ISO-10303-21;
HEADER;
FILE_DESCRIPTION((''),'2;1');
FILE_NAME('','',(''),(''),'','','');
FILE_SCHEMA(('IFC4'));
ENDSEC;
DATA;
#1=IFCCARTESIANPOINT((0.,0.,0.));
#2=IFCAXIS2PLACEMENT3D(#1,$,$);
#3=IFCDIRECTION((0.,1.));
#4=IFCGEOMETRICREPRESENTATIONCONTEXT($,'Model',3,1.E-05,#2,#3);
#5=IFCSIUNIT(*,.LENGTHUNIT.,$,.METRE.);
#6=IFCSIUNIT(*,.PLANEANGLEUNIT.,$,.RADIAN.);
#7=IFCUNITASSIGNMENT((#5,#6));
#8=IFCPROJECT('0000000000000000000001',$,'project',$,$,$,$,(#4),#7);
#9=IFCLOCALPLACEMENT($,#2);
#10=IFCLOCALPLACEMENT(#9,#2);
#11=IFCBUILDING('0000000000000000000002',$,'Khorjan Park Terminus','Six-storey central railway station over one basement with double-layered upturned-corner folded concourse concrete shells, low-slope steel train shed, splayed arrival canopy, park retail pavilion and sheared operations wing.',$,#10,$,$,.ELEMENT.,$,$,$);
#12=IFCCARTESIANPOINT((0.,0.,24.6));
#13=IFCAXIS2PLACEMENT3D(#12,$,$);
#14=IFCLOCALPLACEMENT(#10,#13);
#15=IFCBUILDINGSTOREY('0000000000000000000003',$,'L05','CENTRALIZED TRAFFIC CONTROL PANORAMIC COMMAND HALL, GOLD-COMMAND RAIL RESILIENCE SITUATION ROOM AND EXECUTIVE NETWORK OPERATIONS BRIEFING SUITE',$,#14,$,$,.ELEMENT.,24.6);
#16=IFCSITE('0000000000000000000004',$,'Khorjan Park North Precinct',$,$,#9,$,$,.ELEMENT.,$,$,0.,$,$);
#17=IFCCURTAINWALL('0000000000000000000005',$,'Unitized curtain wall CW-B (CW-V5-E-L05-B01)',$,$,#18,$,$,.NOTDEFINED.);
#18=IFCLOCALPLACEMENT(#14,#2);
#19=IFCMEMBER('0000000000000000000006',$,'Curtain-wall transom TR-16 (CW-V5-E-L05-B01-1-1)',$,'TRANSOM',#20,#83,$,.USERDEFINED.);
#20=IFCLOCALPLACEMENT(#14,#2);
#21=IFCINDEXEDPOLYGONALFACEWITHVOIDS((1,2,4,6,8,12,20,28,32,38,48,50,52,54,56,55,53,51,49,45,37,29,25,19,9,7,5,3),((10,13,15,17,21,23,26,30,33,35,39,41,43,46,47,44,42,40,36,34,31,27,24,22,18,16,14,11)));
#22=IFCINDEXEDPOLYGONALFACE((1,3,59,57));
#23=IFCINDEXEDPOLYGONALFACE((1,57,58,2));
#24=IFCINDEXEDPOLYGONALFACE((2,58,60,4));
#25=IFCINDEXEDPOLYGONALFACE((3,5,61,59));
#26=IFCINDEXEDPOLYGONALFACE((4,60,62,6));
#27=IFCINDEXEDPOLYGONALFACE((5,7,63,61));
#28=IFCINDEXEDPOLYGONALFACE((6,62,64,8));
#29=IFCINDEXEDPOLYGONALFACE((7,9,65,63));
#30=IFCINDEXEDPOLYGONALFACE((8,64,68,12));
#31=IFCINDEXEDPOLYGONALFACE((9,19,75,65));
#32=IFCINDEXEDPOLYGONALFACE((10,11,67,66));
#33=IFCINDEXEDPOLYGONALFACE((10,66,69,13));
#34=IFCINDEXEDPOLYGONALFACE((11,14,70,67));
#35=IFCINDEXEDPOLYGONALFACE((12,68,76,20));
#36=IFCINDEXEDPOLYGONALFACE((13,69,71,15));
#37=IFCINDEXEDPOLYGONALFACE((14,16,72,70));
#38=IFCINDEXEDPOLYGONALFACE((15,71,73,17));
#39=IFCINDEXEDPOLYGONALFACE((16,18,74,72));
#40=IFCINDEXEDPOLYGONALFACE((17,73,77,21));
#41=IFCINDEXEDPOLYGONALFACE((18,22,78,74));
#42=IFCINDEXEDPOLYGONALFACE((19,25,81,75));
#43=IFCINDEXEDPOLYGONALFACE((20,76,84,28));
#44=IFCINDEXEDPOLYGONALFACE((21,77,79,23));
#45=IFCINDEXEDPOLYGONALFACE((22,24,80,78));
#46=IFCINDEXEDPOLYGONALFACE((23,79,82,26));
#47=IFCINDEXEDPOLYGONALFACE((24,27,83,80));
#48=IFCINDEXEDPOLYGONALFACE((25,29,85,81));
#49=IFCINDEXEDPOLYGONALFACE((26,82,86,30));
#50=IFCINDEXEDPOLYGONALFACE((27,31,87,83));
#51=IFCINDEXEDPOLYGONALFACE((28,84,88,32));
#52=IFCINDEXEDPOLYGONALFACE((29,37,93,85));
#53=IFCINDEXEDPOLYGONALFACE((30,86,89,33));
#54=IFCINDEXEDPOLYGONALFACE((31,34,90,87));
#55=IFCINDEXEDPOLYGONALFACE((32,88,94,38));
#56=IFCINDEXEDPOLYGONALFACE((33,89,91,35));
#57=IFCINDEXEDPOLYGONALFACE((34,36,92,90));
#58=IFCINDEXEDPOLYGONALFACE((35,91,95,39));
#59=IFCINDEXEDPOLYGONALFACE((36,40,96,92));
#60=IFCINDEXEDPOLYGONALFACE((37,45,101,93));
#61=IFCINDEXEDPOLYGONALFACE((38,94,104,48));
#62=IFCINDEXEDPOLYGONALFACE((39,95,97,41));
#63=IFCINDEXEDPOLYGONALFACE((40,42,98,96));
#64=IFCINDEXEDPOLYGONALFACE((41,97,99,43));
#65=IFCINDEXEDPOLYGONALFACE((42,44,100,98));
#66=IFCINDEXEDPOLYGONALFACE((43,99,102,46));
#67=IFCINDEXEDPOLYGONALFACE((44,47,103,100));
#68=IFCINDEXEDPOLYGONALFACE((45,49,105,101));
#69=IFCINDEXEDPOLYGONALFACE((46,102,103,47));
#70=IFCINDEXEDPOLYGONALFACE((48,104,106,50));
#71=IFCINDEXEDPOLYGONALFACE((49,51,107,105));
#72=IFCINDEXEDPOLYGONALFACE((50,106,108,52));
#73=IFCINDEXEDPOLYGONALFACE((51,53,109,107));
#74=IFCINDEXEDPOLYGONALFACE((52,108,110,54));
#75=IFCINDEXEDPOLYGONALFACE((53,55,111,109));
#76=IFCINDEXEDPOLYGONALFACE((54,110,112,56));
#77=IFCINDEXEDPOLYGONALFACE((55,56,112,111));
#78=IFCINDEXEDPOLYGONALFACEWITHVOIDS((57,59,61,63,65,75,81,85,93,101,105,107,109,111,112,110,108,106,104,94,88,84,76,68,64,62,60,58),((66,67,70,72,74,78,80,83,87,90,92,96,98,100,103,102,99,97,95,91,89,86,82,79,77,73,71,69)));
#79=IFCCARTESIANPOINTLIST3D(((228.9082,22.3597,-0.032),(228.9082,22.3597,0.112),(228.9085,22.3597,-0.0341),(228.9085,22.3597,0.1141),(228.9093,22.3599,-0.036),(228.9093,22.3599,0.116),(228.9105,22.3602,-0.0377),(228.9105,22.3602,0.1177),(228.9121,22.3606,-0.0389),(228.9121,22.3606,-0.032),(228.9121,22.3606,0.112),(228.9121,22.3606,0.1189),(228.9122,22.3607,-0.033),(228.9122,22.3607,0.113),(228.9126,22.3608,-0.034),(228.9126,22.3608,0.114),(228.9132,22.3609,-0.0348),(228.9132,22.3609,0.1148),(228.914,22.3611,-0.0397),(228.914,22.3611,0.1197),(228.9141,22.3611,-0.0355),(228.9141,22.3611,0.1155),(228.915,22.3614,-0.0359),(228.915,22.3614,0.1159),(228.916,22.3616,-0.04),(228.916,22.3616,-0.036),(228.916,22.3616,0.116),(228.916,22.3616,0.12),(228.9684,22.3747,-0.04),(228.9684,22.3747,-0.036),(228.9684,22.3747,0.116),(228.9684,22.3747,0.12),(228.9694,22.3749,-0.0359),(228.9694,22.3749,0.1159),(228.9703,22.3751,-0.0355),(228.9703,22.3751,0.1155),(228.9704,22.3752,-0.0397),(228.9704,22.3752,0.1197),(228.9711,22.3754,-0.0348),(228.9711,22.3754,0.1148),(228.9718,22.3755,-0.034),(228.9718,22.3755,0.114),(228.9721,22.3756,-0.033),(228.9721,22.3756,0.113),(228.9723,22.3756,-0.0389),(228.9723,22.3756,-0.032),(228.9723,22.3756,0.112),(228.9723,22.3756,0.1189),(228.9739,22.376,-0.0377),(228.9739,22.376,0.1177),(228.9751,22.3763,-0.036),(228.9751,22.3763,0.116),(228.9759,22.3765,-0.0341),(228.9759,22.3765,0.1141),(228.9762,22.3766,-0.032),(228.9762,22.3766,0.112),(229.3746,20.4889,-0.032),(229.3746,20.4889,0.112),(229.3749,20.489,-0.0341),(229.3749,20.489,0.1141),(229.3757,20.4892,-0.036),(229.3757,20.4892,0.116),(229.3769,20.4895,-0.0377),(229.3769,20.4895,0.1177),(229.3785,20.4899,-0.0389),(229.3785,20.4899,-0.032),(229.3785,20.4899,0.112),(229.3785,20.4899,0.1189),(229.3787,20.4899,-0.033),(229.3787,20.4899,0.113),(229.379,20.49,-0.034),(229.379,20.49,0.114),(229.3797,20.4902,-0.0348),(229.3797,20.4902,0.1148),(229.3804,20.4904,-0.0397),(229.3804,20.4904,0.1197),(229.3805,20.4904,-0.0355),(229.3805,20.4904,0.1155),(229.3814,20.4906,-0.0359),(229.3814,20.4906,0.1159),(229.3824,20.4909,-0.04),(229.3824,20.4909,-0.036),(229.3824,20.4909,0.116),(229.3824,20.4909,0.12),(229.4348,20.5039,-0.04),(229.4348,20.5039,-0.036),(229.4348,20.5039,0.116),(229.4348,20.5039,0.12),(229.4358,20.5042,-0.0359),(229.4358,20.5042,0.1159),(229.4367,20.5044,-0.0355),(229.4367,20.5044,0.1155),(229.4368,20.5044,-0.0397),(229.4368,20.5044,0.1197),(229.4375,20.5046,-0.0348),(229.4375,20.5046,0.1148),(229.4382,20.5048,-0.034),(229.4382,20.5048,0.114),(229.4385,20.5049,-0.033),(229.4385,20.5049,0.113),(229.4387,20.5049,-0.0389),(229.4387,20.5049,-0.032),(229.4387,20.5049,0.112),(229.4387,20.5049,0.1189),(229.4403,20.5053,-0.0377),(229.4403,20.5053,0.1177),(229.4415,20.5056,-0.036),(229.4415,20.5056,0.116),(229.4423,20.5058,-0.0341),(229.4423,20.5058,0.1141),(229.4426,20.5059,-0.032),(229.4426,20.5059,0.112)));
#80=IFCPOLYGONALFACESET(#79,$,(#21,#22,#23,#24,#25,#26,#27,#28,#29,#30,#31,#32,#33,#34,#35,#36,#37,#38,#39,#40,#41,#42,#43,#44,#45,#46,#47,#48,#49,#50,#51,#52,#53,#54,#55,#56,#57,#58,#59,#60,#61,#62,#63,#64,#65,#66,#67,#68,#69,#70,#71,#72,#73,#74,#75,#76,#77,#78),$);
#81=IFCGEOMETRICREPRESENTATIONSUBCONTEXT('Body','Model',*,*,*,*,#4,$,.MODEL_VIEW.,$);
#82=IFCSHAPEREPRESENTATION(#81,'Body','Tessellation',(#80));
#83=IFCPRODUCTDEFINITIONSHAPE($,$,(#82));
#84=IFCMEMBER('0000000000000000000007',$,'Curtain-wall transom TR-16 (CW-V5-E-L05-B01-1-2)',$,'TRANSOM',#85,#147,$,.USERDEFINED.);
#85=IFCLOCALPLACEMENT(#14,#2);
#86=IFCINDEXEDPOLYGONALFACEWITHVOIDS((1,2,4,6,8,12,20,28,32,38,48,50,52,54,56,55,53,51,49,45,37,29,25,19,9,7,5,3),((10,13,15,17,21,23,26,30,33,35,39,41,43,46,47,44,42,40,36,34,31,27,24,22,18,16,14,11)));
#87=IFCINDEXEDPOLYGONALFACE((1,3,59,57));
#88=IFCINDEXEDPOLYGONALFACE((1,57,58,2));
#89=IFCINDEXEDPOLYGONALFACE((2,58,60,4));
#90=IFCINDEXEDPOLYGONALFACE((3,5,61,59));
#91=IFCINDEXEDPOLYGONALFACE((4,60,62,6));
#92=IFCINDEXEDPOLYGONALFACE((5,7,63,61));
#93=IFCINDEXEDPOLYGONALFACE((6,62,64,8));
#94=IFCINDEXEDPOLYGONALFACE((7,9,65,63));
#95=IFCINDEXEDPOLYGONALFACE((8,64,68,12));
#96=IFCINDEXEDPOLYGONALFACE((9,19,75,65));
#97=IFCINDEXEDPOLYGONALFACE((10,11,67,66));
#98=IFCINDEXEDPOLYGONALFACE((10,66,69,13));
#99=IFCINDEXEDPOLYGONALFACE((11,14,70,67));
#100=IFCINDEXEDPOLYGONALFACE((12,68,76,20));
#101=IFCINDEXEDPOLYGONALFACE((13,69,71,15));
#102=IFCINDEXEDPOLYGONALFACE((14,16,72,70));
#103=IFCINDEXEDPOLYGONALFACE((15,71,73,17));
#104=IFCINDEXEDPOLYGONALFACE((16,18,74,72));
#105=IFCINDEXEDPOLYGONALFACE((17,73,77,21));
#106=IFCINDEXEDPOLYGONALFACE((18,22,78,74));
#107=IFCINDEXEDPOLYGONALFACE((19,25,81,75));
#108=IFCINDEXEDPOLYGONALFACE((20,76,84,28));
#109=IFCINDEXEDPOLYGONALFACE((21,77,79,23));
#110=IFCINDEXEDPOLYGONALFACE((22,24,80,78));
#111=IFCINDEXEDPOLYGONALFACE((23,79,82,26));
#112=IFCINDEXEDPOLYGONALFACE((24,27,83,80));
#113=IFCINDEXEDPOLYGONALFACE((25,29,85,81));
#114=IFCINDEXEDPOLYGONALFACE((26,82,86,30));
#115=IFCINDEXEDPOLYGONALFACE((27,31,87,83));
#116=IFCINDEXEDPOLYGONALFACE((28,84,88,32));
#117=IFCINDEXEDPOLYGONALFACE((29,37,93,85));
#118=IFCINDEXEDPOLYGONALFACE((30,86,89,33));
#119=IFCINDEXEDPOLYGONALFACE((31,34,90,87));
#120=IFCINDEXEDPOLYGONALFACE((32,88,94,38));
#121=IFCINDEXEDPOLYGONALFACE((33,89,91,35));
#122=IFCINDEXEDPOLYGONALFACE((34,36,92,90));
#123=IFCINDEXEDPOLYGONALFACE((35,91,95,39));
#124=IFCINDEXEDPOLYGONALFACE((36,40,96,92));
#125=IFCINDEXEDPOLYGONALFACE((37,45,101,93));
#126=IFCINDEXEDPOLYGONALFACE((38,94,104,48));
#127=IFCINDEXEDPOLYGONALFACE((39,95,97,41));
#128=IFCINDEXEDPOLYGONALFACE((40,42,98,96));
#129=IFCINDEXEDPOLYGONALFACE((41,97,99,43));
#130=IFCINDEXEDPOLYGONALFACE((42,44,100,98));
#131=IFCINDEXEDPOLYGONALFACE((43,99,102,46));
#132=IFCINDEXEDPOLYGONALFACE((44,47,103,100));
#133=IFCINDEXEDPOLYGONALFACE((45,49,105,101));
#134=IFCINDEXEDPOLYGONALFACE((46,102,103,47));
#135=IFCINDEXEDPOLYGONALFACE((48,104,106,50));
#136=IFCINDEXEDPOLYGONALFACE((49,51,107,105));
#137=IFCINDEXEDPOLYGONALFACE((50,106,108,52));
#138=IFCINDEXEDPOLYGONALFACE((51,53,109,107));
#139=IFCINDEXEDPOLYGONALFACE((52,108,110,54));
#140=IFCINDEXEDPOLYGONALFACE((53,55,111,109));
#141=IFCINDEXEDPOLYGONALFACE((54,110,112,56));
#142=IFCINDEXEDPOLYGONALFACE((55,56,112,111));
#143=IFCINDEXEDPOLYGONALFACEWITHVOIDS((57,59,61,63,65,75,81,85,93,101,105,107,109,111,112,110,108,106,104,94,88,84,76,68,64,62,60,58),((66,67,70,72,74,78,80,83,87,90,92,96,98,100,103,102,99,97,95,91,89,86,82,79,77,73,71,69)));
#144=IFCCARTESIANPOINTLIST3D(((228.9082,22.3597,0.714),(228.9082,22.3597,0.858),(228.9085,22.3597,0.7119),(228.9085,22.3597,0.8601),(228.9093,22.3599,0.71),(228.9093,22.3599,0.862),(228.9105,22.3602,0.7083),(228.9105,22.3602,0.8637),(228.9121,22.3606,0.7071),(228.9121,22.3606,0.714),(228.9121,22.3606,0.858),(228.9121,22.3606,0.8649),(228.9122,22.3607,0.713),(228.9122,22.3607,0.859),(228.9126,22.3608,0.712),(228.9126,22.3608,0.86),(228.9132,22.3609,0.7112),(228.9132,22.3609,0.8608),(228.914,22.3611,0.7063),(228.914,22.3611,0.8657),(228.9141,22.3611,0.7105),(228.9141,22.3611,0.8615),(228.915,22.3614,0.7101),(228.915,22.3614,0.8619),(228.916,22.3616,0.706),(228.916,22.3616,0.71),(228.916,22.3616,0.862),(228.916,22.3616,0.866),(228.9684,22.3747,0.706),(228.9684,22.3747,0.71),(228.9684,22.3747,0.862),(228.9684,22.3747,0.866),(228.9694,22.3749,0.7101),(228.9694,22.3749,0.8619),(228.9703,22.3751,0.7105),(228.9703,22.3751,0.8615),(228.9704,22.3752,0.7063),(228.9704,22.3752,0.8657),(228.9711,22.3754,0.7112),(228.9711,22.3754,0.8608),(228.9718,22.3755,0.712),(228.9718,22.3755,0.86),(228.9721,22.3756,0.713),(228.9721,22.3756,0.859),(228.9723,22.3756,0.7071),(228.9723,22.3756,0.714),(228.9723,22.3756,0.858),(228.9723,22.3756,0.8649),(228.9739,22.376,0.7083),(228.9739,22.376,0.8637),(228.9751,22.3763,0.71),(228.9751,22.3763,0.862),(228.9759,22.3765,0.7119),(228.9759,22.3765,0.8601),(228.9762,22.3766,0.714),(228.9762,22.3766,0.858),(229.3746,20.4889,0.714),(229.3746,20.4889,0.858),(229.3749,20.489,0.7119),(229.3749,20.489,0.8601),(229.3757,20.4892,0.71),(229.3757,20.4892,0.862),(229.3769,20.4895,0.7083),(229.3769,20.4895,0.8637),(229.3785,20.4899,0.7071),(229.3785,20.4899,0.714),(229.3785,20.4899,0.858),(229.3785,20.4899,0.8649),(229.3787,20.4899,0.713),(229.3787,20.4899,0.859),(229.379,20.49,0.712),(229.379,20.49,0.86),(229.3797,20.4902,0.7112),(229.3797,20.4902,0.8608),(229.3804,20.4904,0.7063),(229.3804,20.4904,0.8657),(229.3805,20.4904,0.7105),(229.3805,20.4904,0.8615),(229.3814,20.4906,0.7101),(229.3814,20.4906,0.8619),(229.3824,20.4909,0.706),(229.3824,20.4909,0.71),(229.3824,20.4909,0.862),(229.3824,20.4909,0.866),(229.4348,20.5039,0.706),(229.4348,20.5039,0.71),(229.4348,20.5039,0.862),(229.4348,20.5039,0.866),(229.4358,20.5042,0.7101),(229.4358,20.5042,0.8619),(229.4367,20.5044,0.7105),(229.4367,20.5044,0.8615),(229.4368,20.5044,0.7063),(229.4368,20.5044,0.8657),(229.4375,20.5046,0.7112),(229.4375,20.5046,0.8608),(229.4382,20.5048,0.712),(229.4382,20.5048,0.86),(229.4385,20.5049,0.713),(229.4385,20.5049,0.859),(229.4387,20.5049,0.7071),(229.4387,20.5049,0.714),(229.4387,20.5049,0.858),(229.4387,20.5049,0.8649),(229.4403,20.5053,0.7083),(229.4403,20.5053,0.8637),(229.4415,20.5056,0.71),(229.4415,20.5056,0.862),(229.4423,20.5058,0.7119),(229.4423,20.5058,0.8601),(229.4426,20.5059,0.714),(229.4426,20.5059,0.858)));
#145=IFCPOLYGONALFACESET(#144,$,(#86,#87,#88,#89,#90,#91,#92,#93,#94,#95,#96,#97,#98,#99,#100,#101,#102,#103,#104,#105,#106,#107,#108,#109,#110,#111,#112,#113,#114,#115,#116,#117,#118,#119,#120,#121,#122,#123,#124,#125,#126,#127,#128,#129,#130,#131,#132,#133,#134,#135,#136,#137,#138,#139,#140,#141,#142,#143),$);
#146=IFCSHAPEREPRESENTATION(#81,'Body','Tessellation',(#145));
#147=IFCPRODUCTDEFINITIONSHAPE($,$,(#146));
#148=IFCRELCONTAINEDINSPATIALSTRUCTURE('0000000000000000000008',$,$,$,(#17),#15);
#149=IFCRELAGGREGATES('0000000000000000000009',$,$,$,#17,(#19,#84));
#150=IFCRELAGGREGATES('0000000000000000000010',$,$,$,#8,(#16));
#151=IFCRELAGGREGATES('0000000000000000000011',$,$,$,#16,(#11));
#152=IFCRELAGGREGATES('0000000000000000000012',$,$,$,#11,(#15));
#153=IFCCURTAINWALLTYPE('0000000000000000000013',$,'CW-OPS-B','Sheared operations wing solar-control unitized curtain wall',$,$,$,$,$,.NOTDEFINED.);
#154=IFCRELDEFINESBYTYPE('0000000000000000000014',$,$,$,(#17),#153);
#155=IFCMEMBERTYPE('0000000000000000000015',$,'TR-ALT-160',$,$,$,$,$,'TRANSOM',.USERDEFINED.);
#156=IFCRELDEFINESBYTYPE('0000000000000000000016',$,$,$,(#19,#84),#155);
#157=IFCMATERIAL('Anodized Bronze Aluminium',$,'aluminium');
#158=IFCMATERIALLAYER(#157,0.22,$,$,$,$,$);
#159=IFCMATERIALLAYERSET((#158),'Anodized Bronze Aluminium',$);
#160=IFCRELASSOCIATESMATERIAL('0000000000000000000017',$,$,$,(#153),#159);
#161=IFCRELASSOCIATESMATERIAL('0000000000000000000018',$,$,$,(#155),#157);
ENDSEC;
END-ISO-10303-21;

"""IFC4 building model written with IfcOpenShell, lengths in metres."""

from ifc_helpers import new_model, si_unit, direction, frame, origin, origin_2d, place, context, subcontext, project, spatial, hollow_rectangle, extrude, material, layer, layer_set, material_profile, profile_set, type_object, element, aggregate, save


model = new_model("IFC4")

# Units and contexts
model_context = context("Model", 3, precision=1e-05, world=origin(), true_north=direction((0.0, 1.0)))
body_context = subcontext(model_context, "Body", "Model", "MODEL_VIEW")
ifc_project = project(units=[si_unit("LENGTHUNIT", "METRE"), si_unit("PLANEANGLEUNIT", "RADIAN")], contexts=[model_context])

# Site, building, storey
site_placement = place(None, origin())
site = spatial("IfcSite", under=ifc_project, at=site_placement, Name="Khorjan Park North Precinct", CompositionType="ELEMENT", RefElevation=0.0)
building_placement = place(site_placement, origin())
building = spatial("IfcBuilding", under=site, at=building_placement, Name="Khorjan Park Terminus", Description="Six-storey central railway station over one basement with double-layered upturned-corner folded concourse concrete shells, low-slope steel train shed, splayed arrival canopy, park retail pavilion and sheared operations wing.", CompositionType="ELEMENT")
storey_placement = place(building_placement, frame((0.0, 0.0, 24.6)))
storey = spatial("IfcBuildingStorey", under=building, at=storey_placement, Name="L05", Description="CENTRALIZED TRAFFIC CONTROL PANORAMIC COMMAND HALL, GOLD-COMMAND RAIL RESILIENCE SITUATION ROOM AND EXECUTIVE NETWORK OPERATIONS BRIEFING SUITE", CompositionType="ELEMENT", Elevation=24.6)

# Curtain wall, members
ifc_material_1 = material(Name="Anodized Bronze Aluminium", Category="aluminium")
ifc_layer_1 = layer(ifc_material_1, 0.22)
ifc_layer_set_1 = layer_set([ifc_layer_1], Name="Anodized Bronze Aluminium")
curtain_wall_type = type_object("IfcCurtainWallType", Name="CW-OPS-B", Description="Sheared operations wing solar-control unitized curtain wall", PredefinedType="NOTDEFINED", material=ifc_layer_set_1)
curtain_wall_placement = place(storey_placement, origin())
curtain_wall = element("IfcCurtainWall", 1, at=curtain_wall_placement, inside=storey, type_object=curtain_wall_type, Name="Unitized curtain wall CW-B (CW-V5-E-L05-B01)", PredefinedType="NOTDEFINED")
ifc_material_profile_1 = material_profile(ifc_material_1, hollow_rectangle(XDim=0.07, YDim=0.16, WallThickness=0.004, InnerFilletRadius=0.004, OuterFilletRadius=0.008, at=origin_2d()), Name="ALT 70x160x4")
ifc_profile_set_1 = profile_set([ifc_material_profile_1], Name="Anodized Bronze Aluminium")
member_type_1 = type_object("IfcMemberType", Name="TR-ALT-160", ElementType="TRANSOM", PredefinedType="USERDEFINED", material=ifc_profile_set_1)
member_1_placement = place(storey_placement, frame((229.4086, 20.4974, 0.04), z_axis=(-0.241913, 0.970298, 0.0), x_axis=(-0.970298, -0.241913, 0.0)))
member_1 = element("IfcMember", 2, at=member_1_placement, type_object=member_type_1, Name="Curtain-wall transom TR-16 (CW-V5-E-L05-B01-1-1)", ObjectType="TRANSOM", PredefinedType="USERDEFINED", context=body_context, shape_type="SweptSolid", body=[
    extrude(hollow_rectangle(XDim=0.07, YDim=0.16, WallThickness=0.004, InnerFilletRadius=0.004, OuterFilletRadius=0.008, at=origin_2d()), origin(), (0.0, 0.0, 1.0), 1.928),
])
member_2_placement = place(storey_placement, frame((229.4086, 20.4974, 0.786), z_axis=(-0.241913, 0.970298, 0.0), x_axis=(-0.970298, -0.241913, 0.0)))
member_2 = element("IfcMember", 3, at=member_2_placement, type_object=member_type_1, Name="Curtain-wall transom TR-16 (CW-V5-E-L05-B01-1-2)", ObjectType="TRANSOM", PredefinedType="USERDEFINED", context=body_context, shape_type="SweptSolid", body=[
    extrude(hollow_rectangle(XDim=0.07, YDim=0.16, WallThickness=0.004, InnerFilletRadius=0.004, OuterFilletRadius=0.008, at=origin_2d()), origin(), (0.0, 0.0, 1.0), 1.928),
])
aggregate(curtain_wall, [member_1, member_2])

save(model, "model.ifc")
